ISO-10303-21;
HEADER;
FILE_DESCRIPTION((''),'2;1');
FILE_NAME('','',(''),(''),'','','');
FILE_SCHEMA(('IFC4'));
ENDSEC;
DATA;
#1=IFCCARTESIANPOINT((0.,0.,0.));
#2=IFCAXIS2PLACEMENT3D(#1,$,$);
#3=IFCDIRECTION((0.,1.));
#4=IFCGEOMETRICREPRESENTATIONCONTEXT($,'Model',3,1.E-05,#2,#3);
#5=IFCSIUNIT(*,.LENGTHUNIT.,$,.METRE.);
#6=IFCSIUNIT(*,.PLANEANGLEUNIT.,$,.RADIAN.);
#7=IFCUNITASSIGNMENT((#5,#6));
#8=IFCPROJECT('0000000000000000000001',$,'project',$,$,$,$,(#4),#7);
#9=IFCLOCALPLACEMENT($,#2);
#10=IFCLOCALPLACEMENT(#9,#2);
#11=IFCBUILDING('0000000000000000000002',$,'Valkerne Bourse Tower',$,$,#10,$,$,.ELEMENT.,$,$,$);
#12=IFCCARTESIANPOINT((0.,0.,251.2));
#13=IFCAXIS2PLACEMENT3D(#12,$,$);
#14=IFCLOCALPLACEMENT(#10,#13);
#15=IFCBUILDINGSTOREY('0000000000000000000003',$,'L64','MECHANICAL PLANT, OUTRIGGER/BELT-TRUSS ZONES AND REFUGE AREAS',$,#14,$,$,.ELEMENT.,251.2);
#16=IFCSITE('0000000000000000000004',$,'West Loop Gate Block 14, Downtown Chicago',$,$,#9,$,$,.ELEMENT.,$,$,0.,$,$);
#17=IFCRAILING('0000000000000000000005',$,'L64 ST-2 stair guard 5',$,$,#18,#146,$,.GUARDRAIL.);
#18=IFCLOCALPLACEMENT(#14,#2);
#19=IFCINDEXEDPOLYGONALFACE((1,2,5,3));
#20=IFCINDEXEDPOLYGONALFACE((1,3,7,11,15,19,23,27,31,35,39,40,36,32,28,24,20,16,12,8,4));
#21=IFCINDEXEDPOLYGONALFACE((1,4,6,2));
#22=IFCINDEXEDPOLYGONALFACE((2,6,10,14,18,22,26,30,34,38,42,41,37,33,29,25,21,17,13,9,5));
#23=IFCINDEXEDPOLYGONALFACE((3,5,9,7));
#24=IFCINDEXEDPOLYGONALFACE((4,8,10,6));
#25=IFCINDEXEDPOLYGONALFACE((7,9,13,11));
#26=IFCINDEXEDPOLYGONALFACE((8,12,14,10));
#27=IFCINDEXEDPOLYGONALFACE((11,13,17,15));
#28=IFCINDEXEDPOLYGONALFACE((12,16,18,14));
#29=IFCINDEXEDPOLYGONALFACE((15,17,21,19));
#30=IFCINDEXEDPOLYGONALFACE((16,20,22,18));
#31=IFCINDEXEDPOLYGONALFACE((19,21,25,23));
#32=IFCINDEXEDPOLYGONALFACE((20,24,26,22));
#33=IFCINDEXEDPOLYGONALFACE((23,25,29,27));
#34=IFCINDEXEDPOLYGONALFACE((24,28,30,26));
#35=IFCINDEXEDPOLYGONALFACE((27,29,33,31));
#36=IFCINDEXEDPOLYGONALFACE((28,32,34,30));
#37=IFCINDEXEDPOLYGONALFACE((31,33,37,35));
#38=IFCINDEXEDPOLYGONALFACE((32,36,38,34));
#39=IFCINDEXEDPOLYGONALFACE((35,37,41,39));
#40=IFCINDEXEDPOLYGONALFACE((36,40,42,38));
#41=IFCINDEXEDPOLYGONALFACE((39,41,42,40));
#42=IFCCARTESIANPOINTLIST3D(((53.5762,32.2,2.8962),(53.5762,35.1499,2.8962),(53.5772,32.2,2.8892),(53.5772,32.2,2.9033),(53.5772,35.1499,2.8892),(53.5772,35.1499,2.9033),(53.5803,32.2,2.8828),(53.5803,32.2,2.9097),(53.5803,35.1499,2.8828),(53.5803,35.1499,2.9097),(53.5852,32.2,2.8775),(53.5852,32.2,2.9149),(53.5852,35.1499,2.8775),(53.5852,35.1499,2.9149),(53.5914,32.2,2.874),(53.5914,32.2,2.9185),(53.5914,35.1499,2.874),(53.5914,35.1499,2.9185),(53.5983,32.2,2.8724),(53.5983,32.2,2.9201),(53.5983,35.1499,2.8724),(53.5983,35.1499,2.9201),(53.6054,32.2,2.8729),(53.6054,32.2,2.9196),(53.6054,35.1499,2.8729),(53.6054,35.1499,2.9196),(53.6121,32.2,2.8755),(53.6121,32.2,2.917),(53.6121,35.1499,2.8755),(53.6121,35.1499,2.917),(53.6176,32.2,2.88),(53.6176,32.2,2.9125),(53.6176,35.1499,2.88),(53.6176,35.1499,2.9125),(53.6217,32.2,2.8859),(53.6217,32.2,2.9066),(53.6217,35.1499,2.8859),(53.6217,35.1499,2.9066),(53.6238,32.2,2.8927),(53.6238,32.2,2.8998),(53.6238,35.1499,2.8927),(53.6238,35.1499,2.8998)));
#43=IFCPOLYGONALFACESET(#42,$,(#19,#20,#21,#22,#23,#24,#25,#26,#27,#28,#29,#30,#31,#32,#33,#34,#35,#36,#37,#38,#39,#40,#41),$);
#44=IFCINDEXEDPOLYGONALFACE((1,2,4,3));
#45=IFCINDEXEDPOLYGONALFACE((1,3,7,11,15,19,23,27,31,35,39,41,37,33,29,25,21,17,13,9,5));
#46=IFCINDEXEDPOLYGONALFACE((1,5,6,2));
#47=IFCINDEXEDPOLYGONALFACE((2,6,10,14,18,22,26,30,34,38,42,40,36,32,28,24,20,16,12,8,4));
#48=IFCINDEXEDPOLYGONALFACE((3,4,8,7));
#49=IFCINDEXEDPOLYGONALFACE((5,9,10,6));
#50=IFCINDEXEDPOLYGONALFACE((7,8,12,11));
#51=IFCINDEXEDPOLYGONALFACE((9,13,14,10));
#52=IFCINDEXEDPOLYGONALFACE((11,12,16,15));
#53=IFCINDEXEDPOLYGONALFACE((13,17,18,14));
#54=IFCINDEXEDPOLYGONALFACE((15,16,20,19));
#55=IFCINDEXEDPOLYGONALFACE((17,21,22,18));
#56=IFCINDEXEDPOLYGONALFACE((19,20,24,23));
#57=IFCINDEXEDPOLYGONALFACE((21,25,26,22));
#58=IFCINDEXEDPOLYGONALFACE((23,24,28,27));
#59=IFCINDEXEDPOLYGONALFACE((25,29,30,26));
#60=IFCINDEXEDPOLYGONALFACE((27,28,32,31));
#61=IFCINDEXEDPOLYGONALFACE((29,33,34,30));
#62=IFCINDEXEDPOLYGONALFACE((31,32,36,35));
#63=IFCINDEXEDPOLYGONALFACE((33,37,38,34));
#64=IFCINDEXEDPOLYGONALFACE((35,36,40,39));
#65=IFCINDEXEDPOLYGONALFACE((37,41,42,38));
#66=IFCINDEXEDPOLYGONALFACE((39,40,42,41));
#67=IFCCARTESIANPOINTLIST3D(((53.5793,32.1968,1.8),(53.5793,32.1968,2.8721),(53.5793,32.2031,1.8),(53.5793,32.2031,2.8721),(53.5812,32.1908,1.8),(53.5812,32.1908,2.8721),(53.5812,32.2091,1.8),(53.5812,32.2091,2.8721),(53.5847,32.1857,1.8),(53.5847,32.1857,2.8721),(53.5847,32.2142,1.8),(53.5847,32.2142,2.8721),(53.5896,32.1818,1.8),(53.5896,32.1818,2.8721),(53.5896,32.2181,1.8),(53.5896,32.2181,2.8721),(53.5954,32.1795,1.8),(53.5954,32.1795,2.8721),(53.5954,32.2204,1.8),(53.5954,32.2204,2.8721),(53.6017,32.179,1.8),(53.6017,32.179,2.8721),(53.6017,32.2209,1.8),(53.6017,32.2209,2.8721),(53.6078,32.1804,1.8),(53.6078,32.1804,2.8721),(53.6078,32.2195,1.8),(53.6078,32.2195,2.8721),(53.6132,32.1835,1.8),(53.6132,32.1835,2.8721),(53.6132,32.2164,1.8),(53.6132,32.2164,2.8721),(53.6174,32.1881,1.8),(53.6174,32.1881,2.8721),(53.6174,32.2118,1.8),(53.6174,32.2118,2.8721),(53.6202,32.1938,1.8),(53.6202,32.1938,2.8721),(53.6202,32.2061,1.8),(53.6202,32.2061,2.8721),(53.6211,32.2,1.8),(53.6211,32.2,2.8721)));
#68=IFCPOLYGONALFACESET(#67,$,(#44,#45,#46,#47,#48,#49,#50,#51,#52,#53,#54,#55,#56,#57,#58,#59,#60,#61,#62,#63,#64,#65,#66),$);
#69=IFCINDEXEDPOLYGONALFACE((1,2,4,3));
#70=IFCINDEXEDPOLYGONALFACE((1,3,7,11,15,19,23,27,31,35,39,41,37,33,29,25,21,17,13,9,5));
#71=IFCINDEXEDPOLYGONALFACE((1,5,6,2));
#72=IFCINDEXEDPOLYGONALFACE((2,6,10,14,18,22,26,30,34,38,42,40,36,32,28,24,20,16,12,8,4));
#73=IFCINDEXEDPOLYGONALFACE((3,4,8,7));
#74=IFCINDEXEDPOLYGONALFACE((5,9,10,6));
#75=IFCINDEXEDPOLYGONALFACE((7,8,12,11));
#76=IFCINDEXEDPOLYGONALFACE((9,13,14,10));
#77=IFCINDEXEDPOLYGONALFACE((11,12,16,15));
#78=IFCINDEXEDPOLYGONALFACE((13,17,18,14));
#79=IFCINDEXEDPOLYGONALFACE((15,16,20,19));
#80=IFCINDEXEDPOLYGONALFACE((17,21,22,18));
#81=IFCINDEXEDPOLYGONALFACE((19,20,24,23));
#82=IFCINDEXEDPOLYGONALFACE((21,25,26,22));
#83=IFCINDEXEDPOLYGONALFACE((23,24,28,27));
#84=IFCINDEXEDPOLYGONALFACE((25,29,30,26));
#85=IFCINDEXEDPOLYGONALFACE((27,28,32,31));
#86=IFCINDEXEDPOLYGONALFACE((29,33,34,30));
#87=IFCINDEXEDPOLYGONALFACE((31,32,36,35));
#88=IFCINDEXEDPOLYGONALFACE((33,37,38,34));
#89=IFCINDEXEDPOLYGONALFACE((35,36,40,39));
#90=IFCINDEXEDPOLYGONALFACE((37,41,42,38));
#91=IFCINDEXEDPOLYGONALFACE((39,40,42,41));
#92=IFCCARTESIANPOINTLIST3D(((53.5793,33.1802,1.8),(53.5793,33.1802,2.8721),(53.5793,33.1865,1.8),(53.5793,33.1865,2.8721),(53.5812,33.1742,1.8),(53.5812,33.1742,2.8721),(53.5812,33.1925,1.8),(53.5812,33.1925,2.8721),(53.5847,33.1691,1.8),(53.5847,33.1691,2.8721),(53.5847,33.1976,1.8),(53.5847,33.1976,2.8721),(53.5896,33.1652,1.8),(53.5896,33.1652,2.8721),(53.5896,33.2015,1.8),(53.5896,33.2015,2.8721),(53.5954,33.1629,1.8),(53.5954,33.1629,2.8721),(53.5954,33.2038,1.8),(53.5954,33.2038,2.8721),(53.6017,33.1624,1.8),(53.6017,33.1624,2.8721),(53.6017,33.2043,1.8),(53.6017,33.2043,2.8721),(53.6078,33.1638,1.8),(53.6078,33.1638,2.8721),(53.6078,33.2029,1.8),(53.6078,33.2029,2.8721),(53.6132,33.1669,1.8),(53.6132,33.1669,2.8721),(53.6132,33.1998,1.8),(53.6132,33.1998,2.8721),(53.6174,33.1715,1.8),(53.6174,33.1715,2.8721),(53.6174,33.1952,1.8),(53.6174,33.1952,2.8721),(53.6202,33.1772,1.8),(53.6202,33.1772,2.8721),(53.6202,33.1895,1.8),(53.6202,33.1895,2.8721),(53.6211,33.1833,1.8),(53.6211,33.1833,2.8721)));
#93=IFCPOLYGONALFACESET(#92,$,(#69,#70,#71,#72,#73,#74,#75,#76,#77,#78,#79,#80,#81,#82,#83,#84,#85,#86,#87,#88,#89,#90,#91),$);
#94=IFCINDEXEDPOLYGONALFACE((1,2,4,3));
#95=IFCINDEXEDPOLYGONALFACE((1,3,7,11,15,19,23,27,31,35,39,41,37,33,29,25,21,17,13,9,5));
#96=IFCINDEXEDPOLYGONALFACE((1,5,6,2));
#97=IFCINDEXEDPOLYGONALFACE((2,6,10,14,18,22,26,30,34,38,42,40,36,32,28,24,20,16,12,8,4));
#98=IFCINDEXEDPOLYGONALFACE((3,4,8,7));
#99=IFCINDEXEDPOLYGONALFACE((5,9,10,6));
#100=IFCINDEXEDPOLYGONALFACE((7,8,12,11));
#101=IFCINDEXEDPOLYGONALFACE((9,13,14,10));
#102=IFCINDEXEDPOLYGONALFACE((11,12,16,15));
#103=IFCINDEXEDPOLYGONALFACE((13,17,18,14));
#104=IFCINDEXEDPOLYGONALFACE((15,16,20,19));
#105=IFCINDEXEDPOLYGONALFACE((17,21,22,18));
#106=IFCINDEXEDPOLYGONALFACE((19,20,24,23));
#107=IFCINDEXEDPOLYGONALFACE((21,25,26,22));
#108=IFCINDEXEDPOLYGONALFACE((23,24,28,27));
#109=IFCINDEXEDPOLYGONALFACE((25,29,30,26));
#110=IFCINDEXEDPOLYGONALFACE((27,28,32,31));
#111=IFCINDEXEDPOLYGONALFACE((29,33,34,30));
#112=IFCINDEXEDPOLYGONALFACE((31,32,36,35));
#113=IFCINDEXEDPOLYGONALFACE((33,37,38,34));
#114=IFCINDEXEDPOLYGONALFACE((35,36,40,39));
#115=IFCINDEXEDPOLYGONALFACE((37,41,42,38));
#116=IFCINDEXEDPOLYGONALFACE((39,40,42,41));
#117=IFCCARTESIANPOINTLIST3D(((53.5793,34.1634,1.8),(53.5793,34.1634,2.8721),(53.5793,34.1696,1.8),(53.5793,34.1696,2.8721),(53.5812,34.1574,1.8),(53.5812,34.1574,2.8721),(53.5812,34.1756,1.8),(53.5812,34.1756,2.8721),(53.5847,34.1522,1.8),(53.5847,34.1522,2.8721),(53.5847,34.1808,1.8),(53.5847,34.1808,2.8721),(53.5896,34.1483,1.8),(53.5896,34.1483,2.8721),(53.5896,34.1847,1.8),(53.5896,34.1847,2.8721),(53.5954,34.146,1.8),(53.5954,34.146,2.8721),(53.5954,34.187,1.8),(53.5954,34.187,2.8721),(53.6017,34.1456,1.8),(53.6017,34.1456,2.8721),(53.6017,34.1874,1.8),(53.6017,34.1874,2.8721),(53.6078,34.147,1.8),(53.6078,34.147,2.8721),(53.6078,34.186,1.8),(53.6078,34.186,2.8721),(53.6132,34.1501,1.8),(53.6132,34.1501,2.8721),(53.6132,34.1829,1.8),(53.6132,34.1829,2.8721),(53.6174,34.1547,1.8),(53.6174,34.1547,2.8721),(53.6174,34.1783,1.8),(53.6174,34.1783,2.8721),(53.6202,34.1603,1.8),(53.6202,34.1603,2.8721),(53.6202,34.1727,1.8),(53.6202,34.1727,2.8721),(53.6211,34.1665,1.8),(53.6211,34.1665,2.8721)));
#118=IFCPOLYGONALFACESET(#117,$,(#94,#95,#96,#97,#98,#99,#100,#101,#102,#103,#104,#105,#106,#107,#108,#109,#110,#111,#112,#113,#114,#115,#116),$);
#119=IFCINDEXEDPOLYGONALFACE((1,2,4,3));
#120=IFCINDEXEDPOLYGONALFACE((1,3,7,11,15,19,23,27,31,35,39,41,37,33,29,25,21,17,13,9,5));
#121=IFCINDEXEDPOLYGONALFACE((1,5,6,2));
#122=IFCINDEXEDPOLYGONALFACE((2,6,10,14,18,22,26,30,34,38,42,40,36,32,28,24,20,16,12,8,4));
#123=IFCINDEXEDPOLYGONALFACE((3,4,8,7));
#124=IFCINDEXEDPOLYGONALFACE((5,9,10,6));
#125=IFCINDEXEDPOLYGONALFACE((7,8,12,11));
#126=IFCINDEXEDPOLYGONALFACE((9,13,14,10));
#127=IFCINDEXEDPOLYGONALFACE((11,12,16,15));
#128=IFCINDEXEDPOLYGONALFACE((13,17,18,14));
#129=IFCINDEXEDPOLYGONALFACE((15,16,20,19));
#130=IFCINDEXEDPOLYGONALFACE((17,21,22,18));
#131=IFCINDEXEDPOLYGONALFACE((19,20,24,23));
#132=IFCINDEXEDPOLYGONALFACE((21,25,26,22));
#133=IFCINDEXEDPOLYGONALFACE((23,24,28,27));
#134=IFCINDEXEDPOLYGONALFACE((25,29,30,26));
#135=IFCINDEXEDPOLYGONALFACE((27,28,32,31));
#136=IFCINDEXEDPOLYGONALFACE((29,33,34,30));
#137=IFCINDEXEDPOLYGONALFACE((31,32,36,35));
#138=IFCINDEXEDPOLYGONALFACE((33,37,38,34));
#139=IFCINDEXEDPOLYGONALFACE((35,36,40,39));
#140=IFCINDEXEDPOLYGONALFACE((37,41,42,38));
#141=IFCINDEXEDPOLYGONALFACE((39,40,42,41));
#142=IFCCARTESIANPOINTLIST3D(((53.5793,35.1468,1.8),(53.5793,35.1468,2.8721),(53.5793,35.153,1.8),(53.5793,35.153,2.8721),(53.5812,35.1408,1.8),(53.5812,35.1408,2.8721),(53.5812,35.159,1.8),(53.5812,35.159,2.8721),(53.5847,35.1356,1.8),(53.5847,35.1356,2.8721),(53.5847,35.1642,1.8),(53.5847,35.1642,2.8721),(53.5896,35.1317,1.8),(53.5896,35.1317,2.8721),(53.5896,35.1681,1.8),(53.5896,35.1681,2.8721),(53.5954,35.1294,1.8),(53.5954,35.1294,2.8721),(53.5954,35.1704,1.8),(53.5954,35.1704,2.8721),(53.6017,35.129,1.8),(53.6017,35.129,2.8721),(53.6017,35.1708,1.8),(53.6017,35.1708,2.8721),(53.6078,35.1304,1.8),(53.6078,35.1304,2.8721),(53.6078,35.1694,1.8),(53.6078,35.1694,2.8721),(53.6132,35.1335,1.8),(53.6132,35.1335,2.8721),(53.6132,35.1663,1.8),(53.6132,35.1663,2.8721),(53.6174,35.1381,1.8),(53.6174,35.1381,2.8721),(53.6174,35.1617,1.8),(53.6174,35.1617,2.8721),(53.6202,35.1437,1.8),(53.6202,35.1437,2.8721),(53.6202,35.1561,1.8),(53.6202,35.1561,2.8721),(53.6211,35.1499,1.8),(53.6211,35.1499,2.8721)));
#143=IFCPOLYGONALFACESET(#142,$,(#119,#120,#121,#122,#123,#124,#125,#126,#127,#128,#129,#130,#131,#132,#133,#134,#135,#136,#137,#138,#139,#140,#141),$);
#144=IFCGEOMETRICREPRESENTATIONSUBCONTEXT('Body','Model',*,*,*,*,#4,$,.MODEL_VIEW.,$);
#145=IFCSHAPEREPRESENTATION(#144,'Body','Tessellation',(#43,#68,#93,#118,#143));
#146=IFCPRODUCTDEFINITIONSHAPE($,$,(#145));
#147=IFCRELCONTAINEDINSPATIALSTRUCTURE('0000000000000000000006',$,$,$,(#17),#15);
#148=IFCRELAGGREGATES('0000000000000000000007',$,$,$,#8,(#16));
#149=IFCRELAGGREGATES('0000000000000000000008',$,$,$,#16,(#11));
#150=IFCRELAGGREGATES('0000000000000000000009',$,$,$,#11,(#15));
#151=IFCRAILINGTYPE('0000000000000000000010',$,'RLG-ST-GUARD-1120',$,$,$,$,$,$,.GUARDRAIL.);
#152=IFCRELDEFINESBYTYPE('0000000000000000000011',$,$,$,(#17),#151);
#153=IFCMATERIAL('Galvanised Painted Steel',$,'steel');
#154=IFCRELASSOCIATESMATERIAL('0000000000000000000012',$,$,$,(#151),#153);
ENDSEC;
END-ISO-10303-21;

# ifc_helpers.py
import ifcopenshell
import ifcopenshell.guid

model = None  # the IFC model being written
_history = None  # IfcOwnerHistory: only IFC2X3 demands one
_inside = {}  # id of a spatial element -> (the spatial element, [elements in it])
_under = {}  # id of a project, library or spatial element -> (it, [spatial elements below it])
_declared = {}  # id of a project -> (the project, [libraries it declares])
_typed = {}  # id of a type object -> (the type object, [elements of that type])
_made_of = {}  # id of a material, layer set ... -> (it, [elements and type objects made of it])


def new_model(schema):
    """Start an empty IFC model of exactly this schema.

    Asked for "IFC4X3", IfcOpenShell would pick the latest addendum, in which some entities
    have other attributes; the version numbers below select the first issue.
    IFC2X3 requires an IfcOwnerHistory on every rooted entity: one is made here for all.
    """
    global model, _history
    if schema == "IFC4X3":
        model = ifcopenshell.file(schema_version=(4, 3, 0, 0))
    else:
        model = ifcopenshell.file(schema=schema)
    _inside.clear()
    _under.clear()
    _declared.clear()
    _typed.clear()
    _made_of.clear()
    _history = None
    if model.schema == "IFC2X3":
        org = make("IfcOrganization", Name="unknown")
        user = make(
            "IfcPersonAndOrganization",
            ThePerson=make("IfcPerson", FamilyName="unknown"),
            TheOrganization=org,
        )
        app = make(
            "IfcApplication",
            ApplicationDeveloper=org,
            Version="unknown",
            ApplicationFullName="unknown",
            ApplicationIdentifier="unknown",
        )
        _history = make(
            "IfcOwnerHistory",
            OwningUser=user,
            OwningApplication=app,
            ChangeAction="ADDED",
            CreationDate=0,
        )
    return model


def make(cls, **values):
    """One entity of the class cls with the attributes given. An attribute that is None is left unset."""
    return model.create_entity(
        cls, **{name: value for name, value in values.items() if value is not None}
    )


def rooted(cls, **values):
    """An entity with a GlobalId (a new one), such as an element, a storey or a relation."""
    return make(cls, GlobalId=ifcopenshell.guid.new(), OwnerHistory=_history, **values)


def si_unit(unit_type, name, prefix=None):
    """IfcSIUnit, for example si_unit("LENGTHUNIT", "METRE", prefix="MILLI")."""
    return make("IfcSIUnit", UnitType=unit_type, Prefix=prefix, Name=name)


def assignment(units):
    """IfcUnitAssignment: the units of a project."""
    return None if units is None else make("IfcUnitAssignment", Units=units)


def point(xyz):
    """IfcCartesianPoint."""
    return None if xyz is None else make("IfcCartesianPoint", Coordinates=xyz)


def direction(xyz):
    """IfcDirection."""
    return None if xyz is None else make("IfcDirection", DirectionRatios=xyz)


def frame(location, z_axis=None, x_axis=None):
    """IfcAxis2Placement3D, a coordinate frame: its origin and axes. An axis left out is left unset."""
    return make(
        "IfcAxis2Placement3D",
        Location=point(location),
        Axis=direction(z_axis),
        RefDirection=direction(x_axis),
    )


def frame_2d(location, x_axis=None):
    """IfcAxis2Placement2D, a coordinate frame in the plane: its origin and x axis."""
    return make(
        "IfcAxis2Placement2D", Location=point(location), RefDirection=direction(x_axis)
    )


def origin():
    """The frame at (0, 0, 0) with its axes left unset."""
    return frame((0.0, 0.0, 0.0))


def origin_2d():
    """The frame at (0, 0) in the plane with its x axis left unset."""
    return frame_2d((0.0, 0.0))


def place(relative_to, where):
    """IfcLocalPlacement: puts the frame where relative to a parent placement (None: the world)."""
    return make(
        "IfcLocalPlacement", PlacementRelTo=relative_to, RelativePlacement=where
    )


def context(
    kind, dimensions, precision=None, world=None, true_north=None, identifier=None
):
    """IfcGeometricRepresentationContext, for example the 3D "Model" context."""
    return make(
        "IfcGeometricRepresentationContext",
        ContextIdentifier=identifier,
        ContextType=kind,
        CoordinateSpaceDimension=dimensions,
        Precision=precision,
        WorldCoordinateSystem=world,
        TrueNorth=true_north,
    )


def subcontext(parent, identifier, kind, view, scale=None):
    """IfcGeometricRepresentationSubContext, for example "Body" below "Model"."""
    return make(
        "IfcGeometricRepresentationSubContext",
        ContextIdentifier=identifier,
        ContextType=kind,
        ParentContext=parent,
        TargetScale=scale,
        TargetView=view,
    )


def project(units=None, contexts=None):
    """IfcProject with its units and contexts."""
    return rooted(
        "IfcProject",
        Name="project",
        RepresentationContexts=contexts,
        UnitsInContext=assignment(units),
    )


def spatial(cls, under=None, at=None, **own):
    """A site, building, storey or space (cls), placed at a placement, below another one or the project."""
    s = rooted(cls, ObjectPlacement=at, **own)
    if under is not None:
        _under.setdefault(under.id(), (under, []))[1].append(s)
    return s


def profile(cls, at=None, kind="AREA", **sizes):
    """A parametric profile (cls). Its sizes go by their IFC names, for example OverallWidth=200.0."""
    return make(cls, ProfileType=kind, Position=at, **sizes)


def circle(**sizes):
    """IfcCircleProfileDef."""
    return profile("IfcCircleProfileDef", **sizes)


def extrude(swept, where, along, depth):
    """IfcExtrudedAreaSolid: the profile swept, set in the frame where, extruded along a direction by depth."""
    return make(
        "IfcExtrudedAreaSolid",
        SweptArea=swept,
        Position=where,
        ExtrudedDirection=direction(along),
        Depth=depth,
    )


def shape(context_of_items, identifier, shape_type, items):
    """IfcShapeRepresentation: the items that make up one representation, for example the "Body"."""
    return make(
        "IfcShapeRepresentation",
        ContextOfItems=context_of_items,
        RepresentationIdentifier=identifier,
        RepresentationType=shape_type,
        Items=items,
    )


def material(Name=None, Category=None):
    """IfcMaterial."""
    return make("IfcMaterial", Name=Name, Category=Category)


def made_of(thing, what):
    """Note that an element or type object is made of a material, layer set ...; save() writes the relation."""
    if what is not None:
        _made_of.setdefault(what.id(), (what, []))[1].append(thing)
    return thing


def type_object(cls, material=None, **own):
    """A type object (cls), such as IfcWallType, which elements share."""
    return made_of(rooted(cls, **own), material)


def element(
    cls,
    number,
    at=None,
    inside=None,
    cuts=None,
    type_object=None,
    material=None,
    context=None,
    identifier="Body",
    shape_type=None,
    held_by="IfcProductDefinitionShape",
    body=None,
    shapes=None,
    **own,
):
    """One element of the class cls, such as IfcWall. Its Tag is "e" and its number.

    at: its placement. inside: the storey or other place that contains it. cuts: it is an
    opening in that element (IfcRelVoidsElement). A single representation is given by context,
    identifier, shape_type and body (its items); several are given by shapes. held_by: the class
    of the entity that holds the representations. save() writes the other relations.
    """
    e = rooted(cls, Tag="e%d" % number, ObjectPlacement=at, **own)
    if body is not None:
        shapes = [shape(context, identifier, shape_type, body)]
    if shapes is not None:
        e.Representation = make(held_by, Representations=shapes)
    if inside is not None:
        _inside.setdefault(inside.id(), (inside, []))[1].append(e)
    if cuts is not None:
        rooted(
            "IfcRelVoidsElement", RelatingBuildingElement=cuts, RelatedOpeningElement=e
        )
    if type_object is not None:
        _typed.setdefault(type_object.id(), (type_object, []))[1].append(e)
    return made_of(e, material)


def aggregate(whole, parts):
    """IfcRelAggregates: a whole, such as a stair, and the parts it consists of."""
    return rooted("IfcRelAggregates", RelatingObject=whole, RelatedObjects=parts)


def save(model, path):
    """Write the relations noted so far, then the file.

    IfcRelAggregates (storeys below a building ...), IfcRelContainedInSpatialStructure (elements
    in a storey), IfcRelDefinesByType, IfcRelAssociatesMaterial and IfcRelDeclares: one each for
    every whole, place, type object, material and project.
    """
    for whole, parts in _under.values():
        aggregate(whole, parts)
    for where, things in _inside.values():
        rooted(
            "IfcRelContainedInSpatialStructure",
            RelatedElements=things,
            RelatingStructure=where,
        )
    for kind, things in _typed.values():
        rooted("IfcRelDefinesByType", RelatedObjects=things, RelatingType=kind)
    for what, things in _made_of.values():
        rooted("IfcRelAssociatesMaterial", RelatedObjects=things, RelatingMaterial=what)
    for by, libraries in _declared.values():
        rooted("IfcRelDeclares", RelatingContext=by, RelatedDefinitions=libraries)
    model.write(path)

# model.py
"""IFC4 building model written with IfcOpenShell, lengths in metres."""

from ifc_helpers import new_model, si_unit, direction, frame, origin, origin_2d, place, context, subcontext, project, spatial, circle, extrude, material, type_object, element, save


model = new_model("IFC4")

# Units and contexts
model_context = context("Model", 3, precision=1e-05, world=origin(), true_north=direction((0.0, 1.0)))
body_context = subcontext(model_context, "Body", "Model", "MODEL_VIEW")
ifc_project = project(units=[si_unit("LENGTHUNIT", "METRE"), si_unit("PLANEANGLEUNIT", "RADIAN")], contexts=[model_context])

# Site, building, storey
site_placement = place(None, origin())
site = spatial("IfcSite", under=ifc_project, at=site_placement, Name="West Loop Gate Block 14, Downtown Chicago", CompositionType="ELEMENT", RefElevation=0.0)
building_placement = place(site_placement, origin())
building = spatial("IfcBuilding", under=site, at=building_placement, Name="Valkerne Bourse Tower", CompositionType="ELEMENT")
storey_placement = place(building_placement, frame((0.0, 0.0, 251.2)))
storey = spatial("IfcBuildingStorey", under=building, at=storey_placement, Name="L64", Description="MECHANICAL PLANT, OUTRIGGER/BELT-TRUSS ZONES AND REFUGE AREAS", CompositionType="ELEMENT", Elevation=251.2)

# Shared definitions
ifc_material_1 = material(Name="Galvanised Painted Steel", Category="steel")

# Railing
railing_type_1 = type_object("IfcRailingType", Name="RLG-ST-GUARD-1120", PredefinedType="GUARDRAIL", material=ifc_material_1)
railing_1_placement = place(storey_placement, frame((53.6001, 32.2, 1.8)))
element("IfcRailing", 1, at=railing_1_placement, inside=storey, type_object=railing_type_1, Name="L64 ST-2 stair guard 5", PredefinedType="GUARDRAIL", context=body_context, shape_type="SweptSolid", body=[
    extrude(circle(Radius=0.0239, at=origin_2d()), frame((0.0, 0.0, 1.0962), z_axis=(0.0, 1.0, 0.0), x_axis=(-1.0, 0.0, 0.0)), (0.0, 0.0, 1.0), 2.95),
    extrude(circle(Radius=0.021, at=origin_2d()), origin(), (0.0, 0.0, 1.0), 1.072),
    extrude(circle(Radius=0.021, at=origin_2d()), frame((0.0, 0.9834, 0.0)), (0.0, 0.0, 1.0), 1.072),
    extrude(circle(Radius=0.021, at=origin_2d()), frame((0.0, 1.9666, 0.0)), (0.0, 0.0, 1.0), 1.072),
    extrude(circle(Radius=0.021, at=origin_2d()), frame((0.0, 2.95, 0.0)), (0.0, 0.0, 1.0), 1.072),
])

save(model, "model.ifc")
